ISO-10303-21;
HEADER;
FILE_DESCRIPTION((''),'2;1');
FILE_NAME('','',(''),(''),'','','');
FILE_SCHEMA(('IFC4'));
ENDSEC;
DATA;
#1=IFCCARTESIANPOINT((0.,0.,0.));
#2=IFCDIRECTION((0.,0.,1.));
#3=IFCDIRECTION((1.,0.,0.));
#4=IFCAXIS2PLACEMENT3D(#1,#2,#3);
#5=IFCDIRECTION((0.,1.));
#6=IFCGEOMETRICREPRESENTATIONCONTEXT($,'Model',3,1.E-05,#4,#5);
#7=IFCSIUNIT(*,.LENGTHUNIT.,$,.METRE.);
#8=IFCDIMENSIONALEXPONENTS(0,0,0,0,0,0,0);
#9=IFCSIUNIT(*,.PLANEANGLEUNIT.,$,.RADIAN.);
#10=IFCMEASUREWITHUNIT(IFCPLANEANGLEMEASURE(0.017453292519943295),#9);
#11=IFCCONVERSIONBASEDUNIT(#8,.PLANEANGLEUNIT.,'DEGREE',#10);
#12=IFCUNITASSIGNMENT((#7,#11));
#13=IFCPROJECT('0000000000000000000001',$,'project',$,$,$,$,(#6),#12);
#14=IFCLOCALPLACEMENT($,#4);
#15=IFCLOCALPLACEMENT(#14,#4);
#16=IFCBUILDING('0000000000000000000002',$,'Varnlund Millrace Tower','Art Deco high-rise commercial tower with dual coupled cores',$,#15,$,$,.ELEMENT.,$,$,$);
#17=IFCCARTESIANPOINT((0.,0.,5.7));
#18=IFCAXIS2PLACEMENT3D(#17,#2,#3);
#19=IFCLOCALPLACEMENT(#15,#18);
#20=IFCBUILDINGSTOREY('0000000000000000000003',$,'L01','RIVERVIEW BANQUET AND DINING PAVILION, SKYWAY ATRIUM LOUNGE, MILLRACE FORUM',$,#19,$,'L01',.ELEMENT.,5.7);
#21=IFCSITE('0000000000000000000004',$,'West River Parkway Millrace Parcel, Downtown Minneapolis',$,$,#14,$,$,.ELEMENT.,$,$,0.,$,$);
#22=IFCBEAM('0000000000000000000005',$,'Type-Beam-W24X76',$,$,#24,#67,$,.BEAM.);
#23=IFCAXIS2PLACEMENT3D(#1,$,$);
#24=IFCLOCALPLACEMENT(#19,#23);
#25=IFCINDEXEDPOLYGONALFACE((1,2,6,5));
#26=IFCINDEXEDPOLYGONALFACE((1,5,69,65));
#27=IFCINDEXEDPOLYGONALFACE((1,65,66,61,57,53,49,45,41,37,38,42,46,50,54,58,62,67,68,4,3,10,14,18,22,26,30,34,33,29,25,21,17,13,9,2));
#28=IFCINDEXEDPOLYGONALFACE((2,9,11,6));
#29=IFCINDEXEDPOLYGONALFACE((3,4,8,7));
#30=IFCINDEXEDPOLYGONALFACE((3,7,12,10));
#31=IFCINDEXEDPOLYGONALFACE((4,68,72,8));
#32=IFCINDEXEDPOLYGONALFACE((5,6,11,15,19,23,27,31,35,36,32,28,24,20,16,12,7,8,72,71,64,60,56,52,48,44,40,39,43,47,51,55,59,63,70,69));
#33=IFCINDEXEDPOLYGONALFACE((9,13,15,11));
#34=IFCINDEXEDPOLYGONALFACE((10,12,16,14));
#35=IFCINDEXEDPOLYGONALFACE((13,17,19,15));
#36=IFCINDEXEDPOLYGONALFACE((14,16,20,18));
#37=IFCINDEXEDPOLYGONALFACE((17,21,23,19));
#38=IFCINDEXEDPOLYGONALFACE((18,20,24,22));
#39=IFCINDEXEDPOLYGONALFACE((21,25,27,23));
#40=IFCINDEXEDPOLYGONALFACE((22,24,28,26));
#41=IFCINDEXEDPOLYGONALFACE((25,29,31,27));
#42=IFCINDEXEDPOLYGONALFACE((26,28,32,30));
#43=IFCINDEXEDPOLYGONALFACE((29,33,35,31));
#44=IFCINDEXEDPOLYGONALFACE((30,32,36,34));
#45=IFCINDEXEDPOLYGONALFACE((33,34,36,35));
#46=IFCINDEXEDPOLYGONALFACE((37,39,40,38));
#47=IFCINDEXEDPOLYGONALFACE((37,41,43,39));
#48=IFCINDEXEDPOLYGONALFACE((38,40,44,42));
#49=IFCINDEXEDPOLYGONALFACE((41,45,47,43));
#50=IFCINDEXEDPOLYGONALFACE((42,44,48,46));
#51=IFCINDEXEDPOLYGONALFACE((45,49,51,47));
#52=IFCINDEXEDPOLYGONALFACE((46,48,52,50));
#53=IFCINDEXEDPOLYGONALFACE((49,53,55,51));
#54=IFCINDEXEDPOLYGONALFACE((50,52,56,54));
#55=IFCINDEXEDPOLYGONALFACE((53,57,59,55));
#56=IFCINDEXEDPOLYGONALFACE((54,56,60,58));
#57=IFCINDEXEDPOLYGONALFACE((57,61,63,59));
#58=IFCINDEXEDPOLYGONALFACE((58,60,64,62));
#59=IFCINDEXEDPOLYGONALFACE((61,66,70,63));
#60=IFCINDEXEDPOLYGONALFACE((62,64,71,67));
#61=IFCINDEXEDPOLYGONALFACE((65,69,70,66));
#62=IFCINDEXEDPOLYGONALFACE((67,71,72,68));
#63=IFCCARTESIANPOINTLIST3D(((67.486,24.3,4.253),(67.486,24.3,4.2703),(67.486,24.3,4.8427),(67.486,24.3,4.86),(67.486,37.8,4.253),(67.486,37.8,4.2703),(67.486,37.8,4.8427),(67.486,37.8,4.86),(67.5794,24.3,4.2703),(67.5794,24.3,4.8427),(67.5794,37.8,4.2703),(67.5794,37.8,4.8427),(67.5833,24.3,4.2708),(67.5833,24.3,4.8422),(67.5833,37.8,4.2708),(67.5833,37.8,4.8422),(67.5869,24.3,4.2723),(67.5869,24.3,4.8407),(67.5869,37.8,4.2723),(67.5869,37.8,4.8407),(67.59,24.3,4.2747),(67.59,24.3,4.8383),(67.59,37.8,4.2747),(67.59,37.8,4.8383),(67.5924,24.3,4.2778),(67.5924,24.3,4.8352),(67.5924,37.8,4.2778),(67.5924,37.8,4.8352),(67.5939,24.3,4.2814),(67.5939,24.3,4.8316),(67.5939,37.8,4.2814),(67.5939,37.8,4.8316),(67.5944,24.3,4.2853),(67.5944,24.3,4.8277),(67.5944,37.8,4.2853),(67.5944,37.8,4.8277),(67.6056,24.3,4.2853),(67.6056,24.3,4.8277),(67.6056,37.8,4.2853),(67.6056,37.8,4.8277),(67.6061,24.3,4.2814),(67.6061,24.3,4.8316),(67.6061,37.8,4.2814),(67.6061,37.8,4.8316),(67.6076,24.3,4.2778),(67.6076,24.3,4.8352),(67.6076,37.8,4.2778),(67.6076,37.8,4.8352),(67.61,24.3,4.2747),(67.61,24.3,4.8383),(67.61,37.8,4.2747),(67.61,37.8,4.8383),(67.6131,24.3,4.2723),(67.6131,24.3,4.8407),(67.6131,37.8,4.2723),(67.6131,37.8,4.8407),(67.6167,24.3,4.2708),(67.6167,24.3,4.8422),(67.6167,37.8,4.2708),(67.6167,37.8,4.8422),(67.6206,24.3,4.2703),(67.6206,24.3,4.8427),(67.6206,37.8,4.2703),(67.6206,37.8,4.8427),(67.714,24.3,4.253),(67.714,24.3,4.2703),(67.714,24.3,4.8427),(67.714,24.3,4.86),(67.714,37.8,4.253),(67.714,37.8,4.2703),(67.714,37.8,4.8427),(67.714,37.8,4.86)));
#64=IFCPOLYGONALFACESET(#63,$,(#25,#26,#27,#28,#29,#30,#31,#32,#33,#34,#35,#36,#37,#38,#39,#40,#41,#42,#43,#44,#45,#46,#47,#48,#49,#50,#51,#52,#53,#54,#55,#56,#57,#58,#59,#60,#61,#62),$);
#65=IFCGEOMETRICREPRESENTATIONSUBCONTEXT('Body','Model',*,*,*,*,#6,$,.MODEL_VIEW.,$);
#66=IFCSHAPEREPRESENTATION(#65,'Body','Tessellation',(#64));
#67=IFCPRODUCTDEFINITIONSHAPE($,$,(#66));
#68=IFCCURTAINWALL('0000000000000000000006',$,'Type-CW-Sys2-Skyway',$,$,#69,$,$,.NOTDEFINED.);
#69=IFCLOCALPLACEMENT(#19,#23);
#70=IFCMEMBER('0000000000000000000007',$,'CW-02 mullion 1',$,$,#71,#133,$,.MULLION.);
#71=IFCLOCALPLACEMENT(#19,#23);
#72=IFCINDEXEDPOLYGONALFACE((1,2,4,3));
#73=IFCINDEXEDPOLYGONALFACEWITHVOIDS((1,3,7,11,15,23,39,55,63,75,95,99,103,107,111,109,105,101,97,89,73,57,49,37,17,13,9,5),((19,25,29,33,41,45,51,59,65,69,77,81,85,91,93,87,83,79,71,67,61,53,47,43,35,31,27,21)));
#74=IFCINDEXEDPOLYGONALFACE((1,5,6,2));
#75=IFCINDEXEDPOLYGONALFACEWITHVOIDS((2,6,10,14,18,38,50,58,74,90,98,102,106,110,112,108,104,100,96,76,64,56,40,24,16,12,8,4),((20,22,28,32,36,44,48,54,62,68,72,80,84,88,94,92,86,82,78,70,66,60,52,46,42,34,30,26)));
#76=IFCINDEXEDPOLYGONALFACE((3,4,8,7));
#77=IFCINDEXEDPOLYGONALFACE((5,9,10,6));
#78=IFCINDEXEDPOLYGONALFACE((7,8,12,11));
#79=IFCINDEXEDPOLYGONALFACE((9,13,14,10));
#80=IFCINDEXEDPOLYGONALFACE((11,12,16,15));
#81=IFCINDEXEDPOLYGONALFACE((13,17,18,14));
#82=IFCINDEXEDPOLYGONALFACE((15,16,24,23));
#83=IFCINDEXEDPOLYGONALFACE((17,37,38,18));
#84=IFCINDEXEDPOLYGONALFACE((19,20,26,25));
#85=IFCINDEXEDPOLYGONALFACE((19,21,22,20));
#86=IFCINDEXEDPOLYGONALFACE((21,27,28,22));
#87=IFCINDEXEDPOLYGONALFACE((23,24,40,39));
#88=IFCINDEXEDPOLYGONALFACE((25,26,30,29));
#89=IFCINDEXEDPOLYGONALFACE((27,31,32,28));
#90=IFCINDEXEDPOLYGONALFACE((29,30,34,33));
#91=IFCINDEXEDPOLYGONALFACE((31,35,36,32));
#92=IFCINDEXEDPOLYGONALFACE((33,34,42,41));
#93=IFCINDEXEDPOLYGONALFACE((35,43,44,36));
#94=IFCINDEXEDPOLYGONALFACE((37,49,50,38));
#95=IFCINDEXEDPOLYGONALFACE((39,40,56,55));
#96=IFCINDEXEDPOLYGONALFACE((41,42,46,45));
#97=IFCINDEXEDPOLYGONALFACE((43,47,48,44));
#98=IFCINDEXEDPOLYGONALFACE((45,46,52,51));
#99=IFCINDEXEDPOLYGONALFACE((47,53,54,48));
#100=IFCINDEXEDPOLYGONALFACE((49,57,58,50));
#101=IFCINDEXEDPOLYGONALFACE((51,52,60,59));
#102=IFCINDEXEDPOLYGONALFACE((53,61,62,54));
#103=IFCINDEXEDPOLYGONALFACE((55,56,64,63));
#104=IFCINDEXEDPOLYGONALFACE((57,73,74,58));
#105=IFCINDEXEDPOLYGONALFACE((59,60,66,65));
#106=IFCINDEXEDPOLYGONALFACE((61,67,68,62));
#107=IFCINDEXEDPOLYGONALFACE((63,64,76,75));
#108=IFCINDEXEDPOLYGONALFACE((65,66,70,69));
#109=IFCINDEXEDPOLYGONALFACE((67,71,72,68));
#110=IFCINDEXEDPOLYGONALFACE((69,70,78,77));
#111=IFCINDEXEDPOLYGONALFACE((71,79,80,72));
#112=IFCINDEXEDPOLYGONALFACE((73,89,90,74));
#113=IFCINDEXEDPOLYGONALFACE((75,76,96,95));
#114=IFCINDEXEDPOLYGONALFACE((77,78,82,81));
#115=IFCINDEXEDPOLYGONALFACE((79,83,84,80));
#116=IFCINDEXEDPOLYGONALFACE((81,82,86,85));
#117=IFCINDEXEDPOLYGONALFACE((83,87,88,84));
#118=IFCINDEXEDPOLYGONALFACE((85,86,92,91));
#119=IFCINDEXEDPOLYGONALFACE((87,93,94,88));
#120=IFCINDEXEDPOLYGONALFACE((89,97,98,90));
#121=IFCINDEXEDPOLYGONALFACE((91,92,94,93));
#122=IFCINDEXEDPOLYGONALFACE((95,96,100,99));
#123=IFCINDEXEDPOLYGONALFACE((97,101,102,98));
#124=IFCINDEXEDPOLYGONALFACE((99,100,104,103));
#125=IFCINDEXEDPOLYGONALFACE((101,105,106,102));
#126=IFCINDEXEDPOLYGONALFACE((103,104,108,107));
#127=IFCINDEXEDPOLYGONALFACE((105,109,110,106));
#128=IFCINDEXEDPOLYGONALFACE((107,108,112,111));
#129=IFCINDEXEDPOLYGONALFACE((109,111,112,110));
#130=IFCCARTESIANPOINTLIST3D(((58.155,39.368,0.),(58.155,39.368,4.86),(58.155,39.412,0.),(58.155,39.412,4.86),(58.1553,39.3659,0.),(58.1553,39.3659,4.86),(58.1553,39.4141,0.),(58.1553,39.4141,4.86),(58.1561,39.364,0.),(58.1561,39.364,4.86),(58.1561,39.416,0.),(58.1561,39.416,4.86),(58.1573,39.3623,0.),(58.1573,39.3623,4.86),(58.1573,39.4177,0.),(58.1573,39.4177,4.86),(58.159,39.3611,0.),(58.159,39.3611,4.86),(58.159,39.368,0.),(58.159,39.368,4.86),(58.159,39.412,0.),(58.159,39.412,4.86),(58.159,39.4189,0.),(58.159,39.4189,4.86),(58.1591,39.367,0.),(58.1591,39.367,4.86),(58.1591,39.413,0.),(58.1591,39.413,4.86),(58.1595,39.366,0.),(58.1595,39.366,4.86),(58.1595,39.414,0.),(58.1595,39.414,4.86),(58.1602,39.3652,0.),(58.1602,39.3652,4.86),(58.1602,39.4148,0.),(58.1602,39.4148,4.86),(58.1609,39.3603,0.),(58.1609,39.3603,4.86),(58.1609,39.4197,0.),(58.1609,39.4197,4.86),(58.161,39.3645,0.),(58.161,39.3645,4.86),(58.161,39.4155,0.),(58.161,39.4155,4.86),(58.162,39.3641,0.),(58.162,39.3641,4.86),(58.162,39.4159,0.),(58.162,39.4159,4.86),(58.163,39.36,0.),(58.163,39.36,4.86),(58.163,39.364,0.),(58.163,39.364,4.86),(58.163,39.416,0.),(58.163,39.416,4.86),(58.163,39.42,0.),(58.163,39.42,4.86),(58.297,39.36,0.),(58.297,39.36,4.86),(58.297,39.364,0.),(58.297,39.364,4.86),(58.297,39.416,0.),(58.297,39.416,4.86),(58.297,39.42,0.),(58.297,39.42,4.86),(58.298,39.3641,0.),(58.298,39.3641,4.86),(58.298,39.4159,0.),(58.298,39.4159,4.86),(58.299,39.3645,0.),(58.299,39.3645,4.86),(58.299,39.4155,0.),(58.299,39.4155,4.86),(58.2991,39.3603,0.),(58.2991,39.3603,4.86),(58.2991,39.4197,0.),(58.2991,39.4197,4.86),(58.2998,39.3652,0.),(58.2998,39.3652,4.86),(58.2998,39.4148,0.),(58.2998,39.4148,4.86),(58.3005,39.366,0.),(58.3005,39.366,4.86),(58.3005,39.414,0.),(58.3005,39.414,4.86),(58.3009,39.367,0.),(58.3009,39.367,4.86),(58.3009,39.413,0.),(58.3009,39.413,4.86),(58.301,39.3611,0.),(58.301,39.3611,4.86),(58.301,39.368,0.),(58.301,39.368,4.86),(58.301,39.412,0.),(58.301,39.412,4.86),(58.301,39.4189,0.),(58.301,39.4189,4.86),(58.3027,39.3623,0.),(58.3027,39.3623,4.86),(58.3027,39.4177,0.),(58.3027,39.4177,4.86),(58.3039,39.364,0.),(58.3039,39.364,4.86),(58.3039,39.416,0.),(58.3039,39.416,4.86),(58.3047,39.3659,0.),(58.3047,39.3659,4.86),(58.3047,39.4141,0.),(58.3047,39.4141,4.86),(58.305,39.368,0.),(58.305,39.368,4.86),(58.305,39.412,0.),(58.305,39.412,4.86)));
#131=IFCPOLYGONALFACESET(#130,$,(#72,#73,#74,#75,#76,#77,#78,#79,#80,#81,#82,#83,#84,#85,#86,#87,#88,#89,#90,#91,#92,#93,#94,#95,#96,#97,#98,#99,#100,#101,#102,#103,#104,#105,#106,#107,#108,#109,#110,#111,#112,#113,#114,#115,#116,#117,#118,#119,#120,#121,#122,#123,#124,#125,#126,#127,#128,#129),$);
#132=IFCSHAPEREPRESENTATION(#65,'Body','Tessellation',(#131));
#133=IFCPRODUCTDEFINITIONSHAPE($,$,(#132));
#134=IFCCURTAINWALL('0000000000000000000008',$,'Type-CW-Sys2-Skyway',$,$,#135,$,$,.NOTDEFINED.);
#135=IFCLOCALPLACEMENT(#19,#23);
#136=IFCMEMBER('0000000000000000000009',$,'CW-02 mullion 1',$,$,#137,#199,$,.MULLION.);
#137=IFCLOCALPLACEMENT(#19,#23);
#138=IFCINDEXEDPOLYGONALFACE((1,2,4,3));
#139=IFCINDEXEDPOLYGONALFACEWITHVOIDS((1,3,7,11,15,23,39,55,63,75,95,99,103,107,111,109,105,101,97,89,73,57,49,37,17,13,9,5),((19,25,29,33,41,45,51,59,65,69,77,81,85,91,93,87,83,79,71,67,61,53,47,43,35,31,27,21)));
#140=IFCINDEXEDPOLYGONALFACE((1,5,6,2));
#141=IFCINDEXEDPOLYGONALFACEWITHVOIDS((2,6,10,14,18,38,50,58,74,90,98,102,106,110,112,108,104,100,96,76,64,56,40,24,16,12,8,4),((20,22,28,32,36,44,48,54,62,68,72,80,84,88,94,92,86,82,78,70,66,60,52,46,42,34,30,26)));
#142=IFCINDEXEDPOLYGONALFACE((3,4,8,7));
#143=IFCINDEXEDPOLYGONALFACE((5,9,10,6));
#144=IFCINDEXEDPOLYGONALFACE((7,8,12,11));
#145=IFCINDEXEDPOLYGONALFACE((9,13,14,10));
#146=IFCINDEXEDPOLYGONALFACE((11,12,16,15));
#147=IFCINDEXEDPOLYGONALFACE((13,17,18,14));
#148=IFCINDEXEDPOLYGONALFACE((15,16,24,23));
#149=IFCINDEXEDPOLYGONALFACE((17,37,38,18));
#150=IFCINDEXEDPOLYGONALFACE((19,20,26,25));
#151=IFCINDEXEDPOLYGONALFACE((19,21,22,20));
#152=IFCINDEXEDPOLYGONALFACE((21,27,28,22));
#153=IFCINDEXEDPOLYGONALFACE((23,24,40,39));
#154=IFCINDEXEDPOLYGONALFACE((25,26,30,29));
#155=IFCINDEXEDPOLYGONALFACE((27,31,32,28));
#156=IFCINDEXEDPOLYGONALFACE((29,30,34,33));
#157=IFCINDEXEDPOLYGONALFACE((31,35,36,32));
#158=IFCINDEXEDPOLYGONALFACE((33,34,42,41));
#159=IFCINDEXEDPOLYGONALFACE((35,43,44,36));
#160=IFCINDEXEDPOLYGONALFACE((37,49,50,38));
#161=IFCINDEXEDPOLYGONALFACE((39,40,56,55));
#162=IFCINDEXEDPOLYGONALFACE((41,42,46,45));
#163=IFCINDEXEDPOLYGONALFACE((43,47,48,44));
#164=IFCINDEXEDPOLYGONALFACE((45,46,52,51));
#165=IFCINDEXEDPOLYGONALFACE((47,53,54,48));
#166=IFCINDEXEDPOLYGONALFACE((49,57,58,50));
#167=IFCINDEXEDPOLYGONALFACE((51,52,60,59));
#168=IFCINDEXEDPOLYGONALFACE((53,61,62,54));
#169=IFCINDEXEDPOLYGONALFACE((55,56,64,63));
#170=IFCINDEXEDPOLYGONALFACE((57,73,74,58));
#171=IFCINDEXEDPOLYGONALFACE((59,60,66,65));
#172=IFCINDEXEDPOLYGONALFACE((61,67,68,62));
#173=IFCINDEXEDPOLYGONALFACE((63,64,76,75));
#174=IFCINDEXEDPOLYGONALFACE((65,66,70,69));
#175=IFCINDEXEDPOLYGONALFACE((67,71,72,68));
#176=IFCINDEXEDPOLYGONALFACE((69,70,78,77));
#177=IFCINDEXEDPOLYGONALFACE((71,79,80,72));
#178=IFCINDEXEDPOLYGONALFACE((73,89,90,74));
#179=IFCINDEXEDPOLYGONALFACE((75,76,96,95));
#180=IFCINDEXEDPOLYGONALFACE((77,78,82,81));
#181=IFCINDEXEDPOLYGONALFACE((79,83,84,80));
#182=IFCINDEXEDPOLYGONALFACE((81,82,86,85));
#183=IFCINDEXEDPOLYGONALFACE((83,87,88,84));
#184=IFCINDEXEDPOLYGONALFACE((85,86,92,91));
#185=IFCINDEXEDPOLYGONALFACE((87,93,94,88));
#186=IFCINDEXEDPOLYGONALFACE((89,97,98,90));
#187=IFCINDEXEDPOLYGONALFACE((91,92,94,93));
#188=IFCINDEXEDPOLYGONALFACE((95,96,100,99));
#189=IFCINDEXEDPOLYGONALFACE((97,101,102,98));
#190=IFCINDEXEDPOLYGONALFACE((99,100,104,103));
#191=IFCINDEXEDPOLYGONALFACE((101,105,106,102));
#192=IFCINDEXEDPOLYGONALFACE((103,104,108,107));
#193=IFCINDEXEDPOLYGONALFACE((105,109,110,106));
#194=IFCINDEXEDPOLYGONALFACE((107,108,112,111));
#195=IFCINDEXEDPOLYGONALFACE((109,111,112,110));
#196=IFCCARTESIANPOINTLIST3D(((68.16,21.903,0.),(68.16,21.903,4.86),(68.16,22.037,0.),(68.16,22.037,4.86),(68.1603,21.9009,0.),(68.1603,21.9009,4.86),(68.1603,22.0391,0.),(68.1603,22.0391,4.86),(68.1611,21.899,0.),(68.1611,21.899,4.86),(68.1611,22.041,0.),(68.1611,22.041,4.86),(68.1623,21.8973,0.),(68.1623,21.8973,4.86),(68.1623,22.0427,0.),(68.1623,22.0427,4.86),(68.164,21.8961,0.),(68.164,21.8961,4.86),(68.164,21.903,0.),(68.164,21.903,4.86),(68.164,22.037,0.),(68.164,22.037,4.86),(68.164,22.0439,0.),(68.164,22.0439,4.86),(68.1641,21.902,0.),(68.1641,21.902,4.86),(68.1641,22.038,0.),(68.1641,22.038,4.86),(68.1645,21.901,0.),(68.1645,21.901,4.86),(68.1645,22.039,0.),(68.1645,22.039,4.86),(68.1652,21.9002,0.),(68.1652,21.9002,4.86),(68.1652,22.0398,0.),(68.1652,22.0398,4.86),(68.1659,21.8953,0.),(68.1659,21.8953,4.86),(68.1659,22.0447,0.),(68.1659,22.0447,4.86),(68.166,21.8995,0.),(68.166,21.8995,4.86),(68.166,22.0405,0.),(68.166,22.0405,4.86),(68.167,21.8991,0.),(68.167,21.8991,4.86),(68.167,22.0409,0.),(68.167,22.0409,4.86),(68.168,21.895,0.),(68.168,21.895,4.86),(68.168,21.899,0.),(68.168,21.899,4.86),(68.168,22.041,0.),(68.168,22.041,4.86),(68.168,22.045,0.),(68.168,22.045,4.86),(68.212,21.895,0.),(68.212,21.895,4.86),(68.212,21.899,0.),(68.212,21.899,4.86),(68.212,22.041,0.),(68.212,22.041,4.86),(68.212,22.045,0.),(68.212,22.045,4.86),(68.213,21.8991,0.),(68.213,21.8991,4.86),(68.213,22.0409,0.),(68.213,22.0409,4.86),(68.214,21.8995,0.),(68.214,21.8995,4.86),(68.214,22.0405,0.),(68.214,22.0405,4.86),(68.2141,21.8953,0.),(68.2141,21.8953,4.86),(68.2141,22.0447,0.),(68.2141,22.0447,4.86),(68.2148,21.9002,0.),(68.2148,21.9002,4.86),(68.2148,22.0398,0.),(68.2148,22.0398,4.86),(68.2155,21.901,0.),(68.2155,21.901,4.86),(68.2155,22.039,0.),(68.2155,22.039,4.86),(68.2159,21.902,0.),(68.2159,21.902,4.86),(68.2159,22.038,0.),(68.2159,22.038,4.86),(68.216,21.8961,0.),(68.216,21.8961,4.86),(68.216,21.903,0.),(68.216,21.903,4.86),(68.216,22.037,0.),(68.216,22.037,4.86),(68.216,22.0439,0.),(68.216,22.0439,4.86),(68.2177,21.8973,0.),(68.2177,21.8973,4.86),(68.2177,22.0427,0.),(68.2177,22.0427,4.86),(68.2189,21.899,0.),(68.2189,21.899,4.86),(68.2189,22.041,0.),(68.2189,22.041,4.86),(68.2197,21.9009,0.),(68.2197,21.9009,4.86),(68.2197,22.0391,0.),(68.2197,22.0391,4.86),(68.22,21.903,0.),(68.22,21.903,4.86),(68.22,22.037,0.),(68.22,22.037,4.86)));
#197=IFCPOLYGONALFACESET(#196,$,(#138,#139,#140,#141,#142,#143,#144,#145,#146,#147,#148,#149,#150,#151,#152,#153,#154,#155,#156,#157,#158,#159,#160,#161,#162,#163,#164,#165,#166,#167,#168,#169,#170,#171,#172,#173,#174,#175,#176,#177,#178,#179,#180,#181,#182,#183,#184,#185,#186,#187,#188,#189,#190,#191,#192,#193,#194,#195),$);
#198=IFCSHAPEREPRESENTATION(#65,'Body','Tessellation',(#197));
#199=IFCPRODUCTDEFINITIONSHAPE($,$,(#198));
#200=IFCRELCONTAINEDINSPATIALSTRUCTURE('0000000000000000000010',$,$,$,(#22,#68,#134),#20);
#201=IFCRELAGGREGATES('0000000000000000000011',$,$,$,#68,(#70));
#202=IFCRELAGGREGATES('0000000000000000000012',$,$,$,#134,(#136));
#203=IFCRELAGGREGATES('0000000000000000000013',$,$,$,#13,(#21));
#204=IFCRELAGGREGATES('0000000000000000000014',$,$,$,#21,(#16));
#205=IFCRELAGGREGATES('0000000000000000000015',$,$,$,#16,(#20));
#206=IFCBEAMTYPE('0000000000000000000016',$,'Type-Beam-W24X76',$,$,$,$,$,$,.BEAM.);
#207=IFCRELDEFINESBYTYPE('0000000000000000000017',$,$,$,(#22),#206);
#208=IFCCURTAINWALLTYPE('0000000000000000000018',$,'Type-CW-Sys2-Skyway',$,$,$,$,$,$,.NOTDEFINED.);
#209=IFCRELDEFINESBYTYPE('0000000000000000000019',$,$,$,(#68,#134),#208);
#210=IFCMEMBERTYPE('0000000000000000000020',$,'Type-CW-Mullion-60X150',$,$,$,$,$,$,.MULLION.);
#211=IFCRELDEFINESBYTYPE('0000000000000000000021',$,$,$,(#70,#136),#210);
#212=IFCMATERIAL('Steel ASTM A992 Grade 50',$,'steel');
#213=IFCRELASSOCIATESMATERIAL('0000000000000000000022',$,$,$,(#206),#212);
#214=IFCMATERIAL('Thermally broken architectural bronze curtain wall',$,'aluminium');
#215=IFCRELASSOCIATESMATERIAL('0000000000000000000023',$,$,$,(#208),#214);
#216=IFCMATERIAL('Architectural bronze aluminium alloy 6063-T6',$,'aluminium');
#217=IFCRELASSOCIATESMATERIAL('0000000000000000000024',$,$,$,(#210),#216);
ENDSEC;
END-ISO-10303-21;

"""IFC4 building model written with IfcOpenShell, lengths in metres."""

from ifc_helpers import new_model, entity, si_unit, converted_unit, direction, frame, origin_with_axes, origin_2d_with_axis, place, context, subcontext, project, spatial, hollow_rectangle, i_section, extrude, material, material_profile, profile_set, type_object, element, aggregate, save


model = new_model("IFC4")

# Units and contexts
model_context = context("Model", 3, precision=1e-05, world=origin_with_axes(), true_north=direction((0.0, 1.0)))
body_context = subcontext(model_context, "Body", "Model", "MODEL_VIEW")
ifc_project = project(units=[si_unit("LENGTHUNIT", "METRE"), converted_unit("PLANEANGLEUNIT", "DEGREE", entity("IfcPlaneAngleMeasure", 0.017453292519943295), si_unit("PLANEANGLEUNIT", "RADIAN"), dimensions=[0, 0, 0, 0, 0, 0, 0])], contexts=[model_context])

# Site, building, storey
site_placement = place(None, origin_with_axes())
site = spatial("IfcSite", under=ifc_project, at=site_placement, Name="West River Parkway Millrace Parcel, Downtown Minneapolis", CompositionType="ELEMENT", RefElevation=0.0)
building_placement = place(site_placement, origin_with_axes())
building = spatial("IfcBuilding", under=site, at=building_placement, Name="Varnlund Millrace Tower", Description="Art Deco high-rise commercial tower with dual coupled cores", CompositionType="ELEMENT")
storey_placement = place(building_placement, frame((0.0, 0.0, 5.7), z_axis=(0.0, 0.0, 1.0), x_axis=(1.0, 0.0, 0.0)))
storey = spatial("IfcBuildingStorey", under=building, at=storey_placement, Name="L01", Description="RIVERVIEW BANQUET AND DINING PAVILION, SKYWAY ATRIUM LOUNGE, MILLRACE FORUM", LongName="L01", CompositionType="ELEMENT", Elevation=5.7)

# Beam
ifc_material_1 = material(Name="Steel ASTM A992 Grade 50", Category="steel")
ifc_material_profile_1 = material_profile(ifc_material_1, i_section(OverallWidth=0.228, OverallDepth=0.607, WebThickness=0.0112, FlangeThickness=0.0173, FilletRadius=0.015, at=origin_2d_with_axis()), Name="Steel ASTM A992 Grade 50")
ifc_profile_set_1 = profile_set([ifc_material_profile_1], Name="Steel ASTM A992 Grade 50")
beam_type_1 = type_object("IfcBeamType", Name="Type-Beam-W24X76", PredefinedType="BEAM", material=ifc_profile_set_1)
beam_1_placement = place(storey_placement, frame((67.6, 24.3, 4.5565), z_axis=(0.0, 1.0, 0.0), x_axis=(-1.0, 0.0, 0.0)))
element("IfcBeam", 1, at=beam_1_placement, inside=storey, type_object=beam_type_1, Name="Type-Beam-W24X76", PredefinedType="BEAM", context=body_context, shape_type="SweptSolid", body=[
    extrude(i_section(OverallWidth=0.228, OverallDepth=0.607, WebThickness=0.0112, FlangeThickness=0.0173, FilletRadius=0.015, at=origin_2d_with_axis()), origin_with_axes(), (0.0, 0.0, 1.0), 13.5),
])

# Curtain wall, member
ifc_material_2 = material(Name="Thermally broken architectural bronze curtain wall", Category="aluminium")
curtain_wall_type = type_object("IfcCurtainWallType", Name="Type-CW-Sys2-Skyway", PredefinedType="NOTDEFINED", material=ifc_material_2)
curtain_wall_1_placement = place(storey_placement, frame((58.2, 39.39, 0.0), z_axis=(0.0, 0.0, 1.0), x_axis=(1.0, 0.0, 0.0)))
curtain_wall_1 = element("IfcCurtainWall", 2, at=curtain_wall_1_placement, inside=storey, type_object=curtain_wall_type, Name="Type-CW-Sys2-Skyway", PredefinedType="NOTDEFINED")
ifc_material_3 = material(Name="Architectural bronze aluminium alloy 6063-T6", Category="aluminium")
ifc_material_profile_2 = material_profile(ifc_material_3, hollow_rectangle(XDim=0.06, YDim=0.15, WallThickness=0.004, InnerFilletRadius=0.004, OuterFilletRadius=0.008, at=origin_2d_with_axis()), Name="Architectural bronze aluminium alloy 6063-T6")
ifc_profile_set_2 = profile_set([ifc_material_profile_2], Name="Architectural bronze aluminium alloy 6063-T6")
member_type_1 = type_object("IfcMemberType", Name="Type-CW-Mullion-60X150", PredefinedType="MULLION", material=ifc_profile_set_2)
member_1_placement = place(storey_placement, frame((58.23, 39.39, 0.0), z_axis=(0.0, 0.0, 1.0), x_axis=(0.0, 1.0, 0.0)))
member_1 = element("IfcMember", 3, at=member_1_placement, type_object=member_type_1, Name="CW-02 mullion 1", PredefinedType="MULLION", context=body_context, shape_type="SweptSolid", body=[
    extrude(hollow_rectangle(XDim=0.06, YDim=0.15, WallThickness=0.004, InnerFilletRadius=0.004, OuterFilletRadius=0.008, at=origin_2d_with_axis()), origin_with_axes(), (0.0, 0.0, 1.0), 4.86),
])

# Curtain wall, member
curtain_wall_2_placement = place(storey_placement, frame((68.19, 22.0, 0.0), z_axis=(0.0, 0.0, 1.0), x_axis=(1.0, 0.0, 0.0)))
curtain_wall_2 = element("IfcCurtainWall", 4, at=curtain_wall_2_placement, inside=storey, type_object=curtain_wall_type, Name="Type-CW-Sys2-Skyway", PredefinedType="NOTDEFINED")
member_2_placement = place(storey_placement, frame((68.19, 21.97, 0.0), z_axis=(0.0, 0.0, 1.0), x_axis=(1.0, 0.0, 0.0)))
member_2 = element("IfcMember", 5, at=member_2_placement, type_object=member_type_1, Name="CW-02 mullion 1", PredefinedType="MULLION", context=body_context, shape_type="SweptSolid", body=[
    extrude(hollow_rectangle(XDim=0.06, YDim=0.15, WallThickness=0.004, InnerFilletRadius=0.004, OuterFilletRadius=0.008, at=origin_2d_with_axis()), origin_with_axes(), (0.0, 0.0, 1.0), 4.86),
])

aggregate(curtain_wall_1, [member_1])
aggregate(curtain_wall_2, [member_2])

save(model, "model.ifc")
